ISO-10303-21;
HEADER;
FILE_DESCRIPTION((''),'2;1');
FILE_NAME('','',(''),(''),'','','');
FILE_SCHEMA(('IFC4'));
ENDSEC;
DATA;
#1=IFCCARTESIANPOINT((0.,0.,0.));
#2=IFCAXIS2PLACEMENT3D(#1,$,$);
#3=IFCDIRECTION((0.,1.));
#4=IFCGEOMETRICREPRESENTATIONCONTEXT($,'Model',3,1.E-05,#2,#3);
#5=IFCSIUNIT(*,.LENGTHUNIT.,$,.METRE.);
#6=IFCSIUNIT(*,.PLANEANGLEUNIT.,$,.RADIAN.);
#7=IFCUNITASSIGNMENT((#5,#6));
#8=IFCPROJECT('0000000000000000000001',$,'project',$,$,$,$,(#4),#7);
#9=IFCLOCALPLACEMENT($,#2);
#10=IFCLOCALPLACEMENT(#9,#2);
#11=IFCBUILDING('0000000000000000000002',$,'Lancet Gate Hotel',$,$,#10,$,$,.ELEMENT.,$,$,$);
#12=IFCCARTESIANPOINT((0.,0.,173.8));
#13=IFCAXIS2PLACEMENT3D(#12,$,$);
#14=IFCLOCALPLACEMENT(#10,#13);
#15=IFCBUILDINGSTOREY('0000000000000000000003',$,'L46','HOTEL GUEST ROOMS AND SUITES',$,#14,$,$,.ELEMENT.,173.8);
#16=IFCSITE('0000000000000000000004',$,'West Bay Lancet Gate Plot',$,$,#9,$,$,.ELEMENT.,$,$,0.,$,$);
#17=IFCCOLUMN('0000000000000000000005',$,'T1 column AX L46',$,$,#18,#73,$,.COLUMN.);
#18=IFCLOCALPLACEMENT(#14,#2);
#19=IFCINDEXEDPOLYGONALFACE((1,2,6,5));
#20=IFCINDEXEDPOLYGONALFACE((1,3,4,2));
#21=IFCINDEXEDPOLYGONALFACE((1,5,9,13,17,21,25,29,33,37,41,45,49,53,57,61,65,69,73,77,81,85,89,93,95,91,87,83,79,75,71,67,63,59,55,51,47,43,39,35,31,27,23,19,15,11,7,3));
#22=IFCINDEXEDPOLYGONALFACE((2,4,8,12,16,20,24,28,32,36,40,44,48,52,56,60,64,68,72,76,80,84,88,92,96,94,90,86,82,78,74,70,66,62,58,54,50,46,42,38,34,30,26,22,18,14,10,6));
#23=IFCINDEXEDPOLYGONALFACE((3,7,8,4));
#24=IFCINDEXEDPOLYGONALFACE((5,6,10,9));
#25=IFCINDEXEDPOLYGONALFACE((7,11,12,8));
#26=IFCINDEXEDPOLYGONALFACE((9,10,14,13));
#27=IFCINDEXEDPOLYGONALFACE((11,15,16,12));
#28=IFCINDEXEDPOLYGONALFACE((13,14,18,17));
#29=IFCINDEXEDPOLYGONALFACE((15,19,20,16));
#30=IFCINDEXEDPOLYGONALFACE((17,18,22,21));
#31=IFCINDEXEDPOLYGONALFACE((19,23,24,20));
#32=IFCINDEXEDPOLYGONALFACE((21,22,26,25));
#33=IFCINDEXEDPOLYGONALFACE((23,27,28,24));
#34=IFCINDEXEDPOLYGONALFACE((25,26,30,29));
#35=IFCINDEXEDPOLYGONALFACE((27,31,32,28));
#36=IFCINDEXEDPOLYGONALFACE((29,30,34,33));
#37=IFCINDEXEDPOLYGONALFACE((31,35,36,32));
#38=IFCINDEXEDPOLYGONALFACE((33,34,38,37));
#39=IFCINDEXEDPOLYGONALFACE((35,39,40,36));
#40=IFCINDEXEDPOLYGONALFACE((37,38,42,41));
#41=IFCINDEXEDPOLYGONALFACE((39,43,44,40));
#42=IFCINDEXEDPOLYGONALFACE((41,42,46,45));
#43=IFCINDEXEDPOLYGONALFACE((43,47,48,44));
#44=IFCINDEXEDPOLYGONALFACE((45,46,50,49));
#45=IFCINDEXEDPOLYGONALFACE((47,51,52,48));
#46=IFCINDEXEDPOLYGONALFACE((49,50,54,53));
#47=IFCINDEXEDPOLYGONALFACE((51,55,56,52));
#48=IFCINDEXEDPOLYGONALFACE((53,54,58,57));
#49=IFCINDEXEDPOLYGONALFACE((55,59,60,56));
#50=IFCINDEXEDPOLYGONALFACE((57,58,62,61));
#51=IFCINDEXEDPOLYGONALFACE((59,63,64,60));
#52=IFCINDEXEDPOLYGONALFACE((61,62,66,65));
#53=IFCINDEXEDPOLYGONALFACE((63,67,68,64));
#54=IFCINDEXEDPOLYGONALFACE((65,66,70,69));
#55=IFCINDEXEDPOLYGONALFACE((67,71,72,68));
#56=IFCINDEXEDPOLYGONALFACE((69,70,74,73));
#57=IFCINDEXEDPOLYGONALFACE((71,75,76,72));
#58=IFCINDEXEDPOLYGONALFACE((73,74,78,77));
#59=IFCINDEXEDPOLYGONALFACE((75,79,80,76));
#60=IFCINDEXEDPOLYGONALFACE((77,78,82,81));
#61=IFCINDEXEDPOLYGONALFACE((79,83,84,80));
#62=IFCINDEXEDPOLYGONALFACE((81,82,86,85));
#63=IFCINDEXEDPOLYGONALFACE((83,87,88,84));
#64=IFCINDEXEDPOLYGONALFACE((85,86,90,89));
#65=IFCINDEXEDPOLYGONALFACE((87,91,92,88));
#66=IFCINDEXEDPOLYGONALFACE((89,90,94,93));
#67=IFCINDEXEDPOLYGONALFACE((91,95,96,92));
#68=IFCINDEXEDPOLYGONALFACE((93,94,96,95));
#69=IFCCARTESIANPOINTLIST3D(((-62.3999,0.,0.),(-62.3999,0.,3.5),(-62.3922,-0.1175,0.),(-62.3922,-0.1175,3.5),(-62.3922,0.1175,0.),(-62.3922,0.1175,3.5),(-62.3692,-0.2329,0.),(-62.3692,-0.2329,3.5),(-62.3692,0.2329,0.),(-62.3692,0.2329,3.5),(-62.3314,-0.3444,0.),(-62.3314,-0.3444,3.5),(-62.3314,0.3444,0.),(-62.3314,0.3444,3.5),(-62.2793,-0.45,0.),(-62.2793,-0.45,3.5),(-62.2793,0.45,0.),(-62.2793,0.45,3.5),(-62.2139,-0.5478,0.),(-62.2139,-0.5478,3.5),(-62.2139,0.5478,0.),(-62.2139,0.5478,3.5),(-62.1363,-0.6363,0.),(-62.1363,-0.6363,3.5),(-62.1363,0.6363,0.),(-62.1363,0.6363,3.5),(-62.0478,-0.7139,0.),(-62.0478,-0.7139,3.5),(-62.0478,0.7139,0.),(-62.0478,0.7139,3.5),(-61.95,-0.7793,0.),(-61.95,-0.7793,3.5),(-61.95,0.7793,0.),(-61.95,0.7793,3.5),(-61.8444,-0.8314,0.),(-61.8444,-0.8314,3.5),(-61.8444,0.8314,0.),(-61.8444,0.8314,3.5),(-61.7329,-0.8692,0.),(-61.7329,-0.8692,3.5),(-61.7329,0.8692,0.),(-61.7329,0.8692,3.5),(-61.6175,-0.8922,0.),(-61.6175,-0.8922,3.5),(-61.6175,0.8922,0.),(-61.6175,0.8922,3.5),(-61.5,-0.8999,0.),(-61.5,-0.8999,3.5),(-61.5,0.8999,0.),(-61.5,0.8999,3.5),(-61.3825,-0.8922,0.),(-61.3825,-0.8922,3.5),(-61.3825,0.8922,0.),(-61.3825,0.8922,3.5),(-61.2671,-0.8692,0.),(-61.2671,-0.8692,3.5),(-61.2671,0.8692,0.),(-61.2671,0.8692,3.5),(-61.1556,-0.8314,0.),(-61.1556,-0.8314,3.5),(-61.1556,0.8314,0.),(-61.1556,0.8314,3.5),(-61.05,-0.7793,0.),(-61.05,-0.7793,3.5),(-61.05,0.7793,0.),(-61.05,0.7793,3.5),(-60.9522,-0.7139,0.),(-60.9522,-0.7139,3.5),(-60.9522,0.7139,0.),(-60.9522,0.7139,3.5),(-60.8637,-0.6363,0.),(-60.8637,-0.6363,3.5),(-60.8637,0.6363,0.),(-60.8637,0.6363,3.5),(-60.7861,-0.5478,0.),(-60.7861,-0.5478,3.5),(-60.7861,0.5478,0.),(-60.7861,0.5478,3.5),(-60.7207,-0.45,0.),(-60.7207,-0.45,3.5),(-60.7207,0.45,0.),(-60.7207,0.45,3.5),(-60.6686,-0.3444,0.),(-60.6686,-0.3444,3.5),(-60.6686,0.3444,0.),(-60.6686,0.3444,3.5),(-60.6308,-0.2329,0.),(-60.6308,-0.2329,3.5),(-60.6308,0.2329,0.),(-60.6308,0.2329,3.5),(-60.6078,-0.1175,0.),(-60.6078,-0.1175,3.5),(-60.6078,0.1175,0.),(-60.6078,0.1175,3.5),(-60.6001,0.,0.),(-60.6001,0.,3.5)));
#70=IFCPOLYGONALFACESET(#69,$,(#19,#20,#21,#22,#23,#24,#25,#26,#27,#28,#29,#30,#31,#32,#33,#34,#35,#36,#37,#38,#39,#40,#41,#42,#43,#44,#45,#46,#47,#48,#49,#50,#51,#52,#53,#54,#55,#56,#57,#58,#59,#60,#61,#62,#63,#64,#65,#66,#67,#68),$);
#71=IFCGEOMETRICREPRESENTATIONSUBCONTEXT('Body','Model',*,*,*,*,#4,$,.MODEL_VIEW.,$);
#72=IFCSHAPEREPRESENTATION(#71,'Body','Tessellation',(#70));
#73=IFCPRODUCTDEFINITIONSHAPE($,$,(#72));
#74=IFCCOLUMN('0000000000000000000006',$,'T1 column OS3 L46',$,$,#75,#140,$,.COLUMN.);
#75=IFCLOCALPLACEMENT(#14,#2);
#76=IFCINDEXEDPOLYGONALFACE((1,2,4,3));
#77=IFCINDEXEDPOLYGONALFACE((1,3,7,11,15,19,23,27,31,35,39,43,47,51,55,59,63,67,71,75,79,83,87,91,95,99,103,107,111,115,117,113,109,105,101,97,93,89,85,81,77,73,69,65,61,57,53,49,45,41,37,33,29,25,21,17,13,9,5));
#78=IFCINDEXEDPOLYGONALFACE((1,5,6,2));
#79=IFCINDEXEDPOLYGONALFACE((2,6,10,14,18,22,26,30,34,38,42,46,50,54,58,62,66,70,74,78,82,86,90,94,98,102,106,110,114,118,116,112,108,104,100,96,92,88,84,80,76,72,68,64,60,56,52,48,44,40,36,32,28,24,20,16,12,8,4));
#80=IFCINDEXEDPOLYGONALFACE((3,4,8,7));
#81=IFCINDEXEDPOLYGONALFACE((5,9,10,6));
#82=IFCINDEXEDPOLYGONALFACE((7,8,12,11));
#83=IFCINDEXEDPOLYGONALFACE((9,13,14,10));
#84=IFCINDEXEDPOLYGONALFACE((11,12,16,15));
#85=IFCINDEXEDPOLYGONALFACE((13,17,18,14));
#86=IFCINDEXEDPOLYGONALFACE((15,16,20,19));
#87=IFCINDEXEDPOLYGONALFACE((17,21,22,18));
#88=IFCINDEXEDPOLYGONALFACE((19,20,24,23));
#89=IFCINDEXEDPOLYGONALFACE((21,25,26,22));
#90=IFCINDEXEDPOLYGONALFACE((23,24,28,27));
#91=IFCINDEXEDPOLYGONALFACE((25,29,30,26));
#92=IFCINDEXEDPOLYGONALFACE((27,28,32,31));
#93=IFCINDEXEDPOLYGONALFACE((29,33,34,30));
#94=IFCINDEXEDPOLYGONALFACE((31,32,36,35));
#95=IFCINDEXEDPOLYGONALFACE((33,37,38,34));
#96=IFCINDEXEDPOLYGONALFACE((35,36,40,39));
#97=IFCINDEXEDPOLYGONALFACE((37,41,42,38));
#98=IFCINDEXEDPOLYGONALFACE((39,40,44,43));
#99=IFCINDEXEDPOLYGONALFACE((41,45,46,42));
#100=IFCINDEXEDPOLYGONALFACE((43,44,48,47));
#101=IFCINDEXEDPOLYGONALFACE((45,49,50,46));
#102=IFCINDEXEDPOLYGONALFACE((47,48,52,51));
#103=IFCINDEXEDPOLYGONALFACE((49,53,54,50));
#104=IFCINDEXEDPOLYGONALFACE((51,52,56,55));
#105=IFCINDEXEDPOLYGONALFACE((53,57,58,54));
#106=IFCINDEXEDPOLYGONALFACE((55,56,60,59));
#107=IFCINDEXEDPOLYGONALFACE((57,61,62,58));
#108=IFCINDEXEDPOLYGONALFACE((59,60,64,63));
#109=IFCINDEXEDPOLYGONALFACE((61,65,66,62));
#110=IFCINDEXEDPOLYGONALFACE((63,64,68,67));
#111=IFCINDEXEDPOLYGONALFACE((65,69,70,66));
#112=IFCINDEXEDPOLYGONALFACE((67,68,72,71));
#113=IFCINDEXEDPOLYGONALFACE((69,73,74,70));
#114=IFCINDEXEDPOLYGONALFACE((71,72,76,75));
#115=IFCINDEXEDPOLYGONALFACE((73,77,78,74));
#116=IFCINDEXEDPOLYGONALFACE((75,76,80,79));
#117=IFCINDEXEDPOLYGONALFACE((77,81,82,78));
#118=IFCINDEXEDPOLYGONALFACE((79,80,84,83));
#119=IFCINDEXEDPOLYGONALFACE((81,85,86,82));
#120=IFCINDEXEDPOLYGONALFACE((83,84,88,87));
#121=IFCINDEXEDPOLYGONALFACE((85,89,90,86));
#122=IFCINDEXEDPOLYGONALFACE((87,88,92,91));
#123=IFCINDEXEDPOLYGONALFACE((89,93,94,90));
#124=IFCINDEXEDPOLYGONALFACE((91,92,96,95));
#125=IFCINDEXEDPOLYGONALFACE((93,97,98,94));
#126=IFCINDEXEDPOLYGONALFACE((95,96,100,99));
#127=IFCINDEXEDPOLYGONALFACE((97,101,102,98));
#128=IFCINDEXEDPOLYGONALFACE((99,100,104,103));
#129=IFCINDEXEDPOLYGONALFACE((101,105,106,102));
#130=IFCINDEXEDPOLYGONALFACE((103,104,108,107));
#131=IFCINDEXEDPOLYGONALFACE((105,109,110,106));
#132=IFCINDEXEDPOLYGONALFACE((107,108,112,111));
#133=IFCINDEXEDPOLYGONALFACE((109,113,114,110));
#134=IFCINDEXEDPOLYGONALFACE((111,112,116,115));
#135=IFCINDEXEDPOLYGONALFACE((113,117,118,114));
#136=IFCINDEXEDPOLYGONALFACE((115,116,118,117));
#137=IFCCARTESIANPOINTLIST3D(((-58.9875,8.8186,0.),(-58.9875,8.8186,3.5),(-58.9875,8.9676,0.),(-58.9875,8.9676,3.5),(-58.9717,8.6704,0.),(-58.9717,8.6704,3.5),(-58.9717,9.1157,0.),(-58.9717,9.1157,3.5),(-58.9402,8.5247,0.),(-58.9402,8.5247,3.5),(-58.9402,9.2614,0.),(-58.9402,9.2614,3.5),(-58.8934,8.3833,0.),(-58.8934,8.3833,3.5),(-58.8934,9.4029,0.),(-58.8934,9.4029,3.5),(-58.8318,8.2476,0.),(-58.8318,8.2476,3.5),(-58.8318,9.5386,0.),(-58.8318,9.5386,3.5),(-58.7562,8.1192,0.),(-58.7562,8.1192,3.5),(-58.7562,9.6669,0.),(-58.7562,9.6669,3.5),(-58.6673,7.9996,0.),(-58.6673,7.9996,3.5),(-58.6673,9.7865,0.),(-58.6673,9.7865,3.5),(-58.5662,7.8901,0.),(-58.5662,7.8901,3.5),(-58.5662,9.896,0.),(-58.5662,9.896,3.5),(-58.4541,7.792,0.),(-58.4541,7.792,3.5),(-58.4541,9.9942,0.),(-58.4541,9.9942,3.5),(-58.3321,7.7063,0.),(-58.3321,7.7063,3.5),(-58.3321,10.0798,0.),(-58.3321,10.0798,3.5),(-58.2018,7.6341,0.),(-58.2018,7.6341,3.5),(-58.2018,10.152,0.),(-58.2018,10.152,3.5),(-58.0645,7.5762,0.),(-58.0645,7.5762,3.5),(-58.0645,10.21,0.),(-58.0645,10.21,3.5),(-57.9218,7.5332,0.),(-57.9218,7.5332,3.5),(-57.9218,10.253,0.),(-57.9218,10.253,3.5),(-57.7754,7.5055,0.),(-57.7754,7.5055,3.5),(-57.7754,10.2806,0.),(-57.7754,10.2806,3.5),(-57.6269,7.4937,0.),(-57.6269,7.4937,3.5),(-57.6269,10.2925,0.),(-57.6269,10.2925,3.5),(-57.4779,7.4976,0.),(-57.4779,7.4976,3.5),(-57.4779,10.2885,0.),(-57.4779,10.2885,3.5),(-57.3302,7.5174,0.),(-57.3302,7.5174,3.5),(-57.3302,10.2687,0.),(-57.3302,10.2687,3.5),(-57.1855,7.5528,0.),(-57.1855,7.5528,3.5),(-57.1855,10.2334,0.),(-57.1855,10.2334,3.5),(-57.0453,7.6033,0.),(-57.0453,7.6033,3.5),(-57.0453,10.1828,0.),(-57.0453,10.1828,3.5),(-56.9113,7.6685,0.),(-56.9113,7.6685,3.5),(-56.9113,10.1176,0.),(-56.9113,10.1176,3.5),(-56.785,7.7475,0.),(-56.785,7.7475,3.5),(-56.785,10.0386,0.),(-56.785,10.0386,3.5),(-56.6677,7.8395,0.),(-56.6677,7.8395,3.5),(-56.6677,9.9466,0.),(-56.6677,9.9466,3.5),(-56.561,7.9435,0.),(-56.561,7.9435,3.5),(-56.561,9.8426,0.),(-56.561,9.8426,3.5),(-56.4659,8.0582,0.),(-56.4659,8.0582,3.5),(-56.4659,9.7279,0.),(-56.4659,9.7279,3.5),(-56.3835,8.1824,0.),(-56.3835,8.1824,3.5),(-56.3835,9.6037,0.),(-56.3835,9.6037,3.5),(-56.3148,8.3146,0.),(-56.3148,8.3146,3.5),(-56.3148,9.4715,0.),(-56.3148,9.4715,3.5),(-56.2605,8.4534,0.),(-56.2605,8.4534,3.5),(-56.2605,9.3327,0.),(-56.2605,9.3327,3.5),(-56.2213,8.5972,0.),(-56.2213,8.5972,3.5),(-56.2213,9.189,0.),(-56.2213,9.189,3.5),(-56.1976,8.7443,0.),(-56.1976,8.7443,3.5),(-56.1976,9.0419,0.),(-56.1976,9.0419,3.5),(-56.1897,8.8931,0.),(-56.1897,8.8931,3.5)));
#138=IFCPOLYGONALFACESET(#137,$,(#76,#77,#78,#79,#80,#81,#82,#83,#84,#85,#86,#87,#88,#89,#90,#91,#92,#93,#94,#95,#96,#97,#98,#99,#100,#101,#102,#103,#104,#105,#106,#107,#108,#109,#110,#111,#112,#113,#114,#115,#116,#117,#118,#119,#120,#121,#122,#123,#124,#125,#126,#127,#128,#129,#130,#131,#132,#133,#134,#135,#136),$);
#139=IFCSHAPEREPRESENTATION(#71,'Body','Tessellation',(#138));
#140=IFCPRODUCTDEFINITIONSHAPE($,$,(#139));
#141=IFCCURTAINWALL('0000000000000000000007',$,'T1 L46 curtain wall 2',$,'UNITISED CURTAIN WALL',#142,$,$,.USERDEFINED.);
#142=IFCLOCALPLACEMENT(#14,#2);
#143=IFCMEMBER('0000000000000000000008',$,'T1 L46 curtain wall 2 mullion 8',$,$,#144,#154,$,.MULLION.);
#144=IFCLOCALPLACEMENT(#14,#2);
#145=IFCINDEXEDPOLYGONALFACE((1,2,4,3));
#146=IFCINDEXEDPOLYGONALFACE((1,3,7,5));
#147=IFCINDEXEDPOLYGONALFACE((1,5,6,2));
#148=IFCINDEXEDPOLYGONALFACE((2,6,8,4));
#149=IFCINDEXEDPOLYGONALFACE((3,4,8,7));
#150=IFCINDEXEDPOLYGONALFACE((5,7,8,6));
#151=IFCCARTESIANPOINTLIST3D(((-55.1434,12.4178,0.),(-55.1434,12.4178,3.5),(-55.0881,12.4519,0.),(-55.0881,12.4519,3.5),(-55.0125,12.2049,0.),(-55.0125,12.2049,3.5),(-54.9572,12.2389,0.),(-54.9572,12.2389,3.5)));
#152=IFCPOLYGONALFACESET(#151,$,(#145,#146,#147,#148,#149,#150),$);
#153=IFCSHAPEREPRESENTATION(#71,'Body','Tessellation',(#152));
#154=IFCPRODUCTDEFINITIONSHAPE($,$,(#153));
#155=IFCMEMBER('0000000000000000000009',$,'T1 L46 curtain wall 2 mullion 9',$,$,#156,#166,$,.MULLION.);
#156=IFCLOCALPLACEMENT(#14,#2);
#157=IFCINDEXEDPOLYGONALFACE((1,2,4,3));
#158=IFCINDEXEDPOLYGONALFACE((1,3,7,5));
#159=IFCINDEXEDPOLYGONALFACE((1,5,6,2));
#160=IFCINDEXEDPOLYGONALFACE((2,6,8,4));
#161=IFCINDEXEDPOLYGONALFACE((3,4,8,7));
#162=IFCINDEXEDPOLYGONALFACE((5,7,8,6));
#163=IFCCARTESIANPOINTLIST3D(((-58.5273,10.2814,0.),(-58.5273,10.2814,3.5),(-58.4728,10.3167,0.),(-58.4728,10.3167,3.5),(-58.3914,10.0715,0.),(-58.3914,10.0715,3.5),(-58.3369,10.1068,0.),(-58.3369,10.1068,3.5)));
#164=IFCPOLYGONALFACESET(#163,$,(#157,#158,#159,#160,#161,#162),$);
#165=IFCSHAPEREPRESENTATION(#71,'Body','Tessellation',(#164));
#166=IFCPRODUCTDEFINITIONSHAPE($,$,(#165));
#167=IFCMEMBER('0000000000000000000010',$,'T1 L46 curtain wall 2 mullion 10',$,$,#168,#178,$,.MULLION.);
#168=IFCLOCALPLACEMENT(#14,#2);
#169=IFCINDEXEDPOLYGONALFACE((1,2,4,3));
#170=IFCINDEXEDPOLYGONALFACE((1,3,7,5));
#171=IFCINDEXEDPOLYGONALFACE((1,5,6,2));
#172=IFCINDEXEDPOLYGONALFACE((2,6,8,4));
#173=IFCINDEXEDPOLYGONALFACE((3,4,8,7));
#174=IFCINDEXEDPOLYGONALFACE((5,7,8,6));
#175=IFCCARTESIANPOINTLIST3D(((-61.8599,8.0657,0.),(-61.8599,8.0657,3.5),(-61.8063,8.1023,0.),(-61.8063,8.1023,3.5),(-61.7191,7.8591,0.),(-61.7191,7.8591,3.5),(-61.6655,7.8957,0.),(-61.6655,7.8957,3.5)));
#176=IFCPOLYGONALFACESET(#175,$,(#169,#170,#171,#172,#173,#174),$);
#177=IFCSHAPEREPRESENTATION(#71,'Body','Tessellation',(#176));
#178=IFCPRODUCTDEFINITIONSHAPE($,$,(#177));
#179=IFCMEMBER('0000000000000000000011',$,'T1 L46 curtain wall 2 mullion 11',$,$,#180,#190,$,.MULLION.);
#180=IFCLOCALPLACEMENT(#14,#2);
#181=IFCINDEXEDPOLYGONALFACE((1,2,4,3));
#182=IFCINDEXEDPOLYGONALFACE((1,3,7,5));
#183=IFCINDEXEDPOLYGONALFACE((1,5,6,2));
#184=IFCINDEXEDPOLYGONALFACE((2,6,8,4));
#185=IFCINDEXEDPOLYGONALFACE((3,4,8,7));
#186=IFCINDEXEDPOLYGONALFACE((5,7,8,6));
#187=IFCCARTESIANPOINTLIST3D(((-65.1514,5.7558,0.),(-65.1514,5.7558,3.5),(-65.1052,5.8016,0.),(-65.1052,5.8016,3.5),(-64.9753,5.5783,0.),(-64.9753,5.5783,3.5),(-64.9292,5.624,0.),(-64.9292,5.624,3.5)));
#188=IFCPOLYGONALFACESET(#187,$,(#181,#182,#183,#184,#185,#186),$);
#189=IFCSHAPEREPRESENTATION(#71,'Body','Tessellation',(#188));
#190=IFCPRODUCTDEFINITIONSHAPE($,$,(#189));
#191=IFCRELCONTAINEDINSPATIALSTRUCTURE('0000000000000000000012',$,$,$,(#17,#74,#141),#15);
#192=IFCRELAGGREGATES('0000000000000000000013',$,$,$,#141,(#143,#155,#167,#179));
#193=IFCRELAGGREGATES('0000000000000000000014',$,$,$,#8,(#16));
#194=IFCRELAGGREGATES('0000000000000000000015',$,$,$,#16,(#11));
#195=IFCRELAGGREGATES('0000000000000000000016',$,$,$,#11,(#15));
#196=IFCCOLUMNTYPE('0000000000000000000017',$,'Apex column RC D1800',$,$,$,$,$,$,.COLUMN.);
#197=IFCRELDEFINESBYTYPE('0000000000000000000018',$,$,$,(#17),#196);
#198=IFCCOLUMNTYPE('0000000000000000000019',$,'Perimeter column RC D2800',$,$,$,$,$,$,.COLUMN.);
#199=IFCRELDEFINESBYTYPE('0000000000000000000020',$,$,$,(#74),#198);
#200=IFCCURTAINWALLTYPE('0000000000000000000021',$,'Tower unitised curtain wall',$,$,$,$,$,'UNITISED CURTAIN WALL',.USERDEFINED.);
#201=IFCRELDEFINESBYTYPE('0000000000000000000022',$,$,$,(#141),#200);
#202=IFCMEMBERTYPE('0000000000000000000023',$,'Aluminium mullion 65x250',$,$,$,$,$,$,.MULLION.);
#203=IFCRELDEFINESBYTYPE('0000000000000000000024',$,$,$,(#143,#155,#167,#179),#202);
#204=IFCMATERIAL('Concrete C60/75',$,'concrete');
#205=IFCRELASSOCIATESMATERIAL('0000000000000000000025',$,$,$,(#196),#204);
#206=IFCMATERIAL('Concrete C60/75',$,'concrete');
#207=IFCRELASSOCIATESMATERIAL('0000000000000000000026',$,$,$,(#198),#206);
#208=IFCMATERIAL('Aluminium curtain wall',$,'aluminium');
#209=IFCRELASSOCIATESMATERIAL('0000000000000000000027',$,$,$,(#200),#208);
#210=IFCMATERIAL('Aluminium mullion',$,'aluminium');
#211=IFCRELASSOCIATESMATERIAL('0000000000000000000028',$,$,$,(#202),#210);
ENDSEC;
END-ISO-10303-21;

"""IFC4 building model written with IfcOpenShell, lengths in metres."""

from ifc_helpers import new_model, si_unit, direction, frame, origin, origin_2d, place, context, subcontext, project, spatial, rectangle, circle, extrude, material, material_profile, profile_set, type_object, element, aggregate, save


model = new_model("IFC4")

# Units and contexts
model_context = context("Model", 3, precision=1e-05, world=origin(), true_north=direction((0.0, 1.0)))
body_context = subcontext(model_context, "Body", "Model", "MODEL_VIEW")
ifc_project = project(units=[si_unit("LENGTHUNIT", "METRE"), si_unit("PLANEANGLEUNIT", "RADIAN")], contexts=[model_context])

# Site, building, storey
site_placement = place(None, origin())
site = spatial("IfcSite", under=ifc_project, at=site_placement, Name="West Bay Lancet Gate Plot", CompositionType="ELEMENT", RefElevation=0.0)
building_placement = place(site_placement, origin())
building = spatial("IfcBuilding", under=site, at=building_placement, Name="Lancet Gate Hotel", CompositionType="ELEMENT")
storey_placement = place(building_placement, frame((0.0, 0.0, 173.8)))
storey = spatial("IfcBuildingStorey", under=building, at=storey_placement, Name="L46", Description="HOTEL GUEST ROOMS AND SUITES", CompositionType="ELEMENT", Elevation=173.8)

# Columns
ifc_material_1 = material(Name="Concrete C60/75", Category="concrete")
ifc_material_profile_1 = material_profile(ifc_material_1, circle(Radius=0.8999, at=origin_2d()), Name="RC D1800")
ifc_profile_set_1 = profile_set([ifc_material_profile_1], Name="Concrete C60/75")
column_type_1 = type_object("IfcColumnType", Name="Apex column RC D1800", PredefinedType="COLUMN", material=ifc_profile_set_1)
column_1_placement = place(storey_placement, frame((-61.5, 0.0, 0.0), z_axis=(0.0, 0.0, 1.0), x_axis=(1.0, 0.0, 0.0)))
element("IfcColumn", 1, at=column_1_placement, inside=storey, type_object=column_type_1, Name="T1 column AX L46", PredefinedType="COLUMN", context=body_context, shape_type="SweptSolid", body=[
    extrude(circle(Radius=0.8999, at=origin_2d()), origin(), (0.0, 0.0, 1.0), 3.5),
])
ifc_material_2 = material(Name="Concrete C60/75", Category="concrete")
ifc_material_profile_2 = material_profile(ifc_material_2, circle(Radius=1.3999, at=origin_2d()), Name="RC D2800")
ifc_profile_set_2 = profile_set([ifc_material_profile_2], Name="Concrete C60/75")
column_type_2 = type_object("IfcColumnType", Name="Perimeter column RC D2800", PredefinedType="COLUMN", material=ifc_profile_set_2)
column_2_placement = place(storey_placement, frame((-57.5896, 8.8931, 0.0), z_axis=(0.0, 0.0, 1.0), x_axis=(1.0, 0.0, 0.0)))
element("IfcColumn", 2, at=column_2_placement, inside=storey, type_object=column_type_2, Name="T1 column OS3 L46", PredefinedType="COLUMN", context=body_context, shape_type="SweptSolid", body=[
    extrude(circle(Radius=1.3999, at=origin_2d()), origin(), (0.0, 0.0, 1.0), 3.5),
])

# Curtain wall, members
ifc_material_3 = material(Name="Aluminium curtain wall", Category="aluminium")
curtain_wall_type = type_object("IfcCurtainWallType", Name="Tower unitised curtain wall", ElementType="UNITISED CURTAIN WALL", PredefinedType="USERDEFINED", material=ifc_material_3)
curtain_wall_placement = place(storey_placement, origin())
curtain_wall = element("IfcCurtainWall", 3, at=curtain_wall_placement, inside=storey, type_object=curtain_wall_type, Name="T1 L46 curtain wall 2", ObjectType="UNITISED CURTAIN WALL", PredefinedType="USERDEFINED")
ifc_material_4 = material(Name="Aluminium mullion", Category="aluminium")
ifc_material_profile_3 = material_profile(ifc_material_4, rectangle(XDim=0.0649, YDim=0.25, at=origin_2d()), Name="MULLION 65x250")
ifc_profile_set_3 = profile_set([ifc_material_profile_3], Name="Aluminium mullion")
member_type_1 = type_object("IfcMemberType", Name="Aluminium mullion 65x250", PredefinedType="MULLION", material=ifc_profile_set_3)
member_1_placement = place(storey_placement, frame((-55.0503, 12.3284, 0.0), z_axis=(0.0, 0.0, 1.0), x_axis=(-0.851886, -0.523728, 0.0)))
member_1 = element("IfcMember", 4, at=member_1_placement, type_object=member_type_1, Name="T1 L46 curtain wall 2 mullion 8", PredefinedType="MULLION", context=body_context, shape_type="SweptSolid", body=[
    extrude(rectangle(XDim=0.0649, YDim=0.25, at=origin_2d()), origin(), (0.0, 0.0, 1.0), 3.5),
])
member_2_placement = place(storey_placement, frame((-58.4321, 10.1941, 0.0), z_axis=(0.0, 0.0, 1.0), x_axis=(-0.839331, -0.543621, 0.0)))
member_2 = element("IfcMember", 5, at=member_2_placement, type_object=member_type_1, Name="T1 L46 curtain wall 2 mullion 9", PredefinedType="MULLION", context=body_context, shape_type="SweptSolid", body=[
    extrude(rectangle(XDim=0.0649, YDim=0.25, at=origin_2d()), origin(), (0.0, 0.0, 1.0), 3.5),
])
member_3_placement = place(storey_placement, frame((-61.7627, 7.9807, 0.0), z_axis=(0.0, 0.0, 1.0), x_axis=(-0.826312, -0.563212, 0.0)))
member_3 = element("IfcMember", 6, at=member_3_placement, type_object=member_type_1, Name="T1 L46 curtain wall 2 mullion 10", PredefinedType="MULLION", context=body_context, shape_type="SweptSolid", body=[
    extrude(rectangle(XDim=0.0649, YDim=0.25, at=origin_2d()), origin(), (0.0, 0.0, 1.0), 3.5),
])
member_4_placement = place(storey_placement, frame((-65.0403, 5.6899, 0.0), z_axis=(0.0, 0.0, 1.0), x_axis=(-0.710113, -0.704088, 0.0)))
member_4 = element("IfcMember", 7, at=member_4_placement, type_object=member_type_1, Name="T1 L46 curtain wall 2 mullion 11", PredefinedType="MULLION", context=body_context, shape_type="SweptSolid", body=[
    extrude(rectangle(XDim=0.0649, YDim=0.25, at=origin_2d()), origin(), (0.0, 0.0, 1.0), 3.5),
])

aggregate(curtain_wall, [member_1, member_2, member_3, member_4])

save(model, "model.ifc")
